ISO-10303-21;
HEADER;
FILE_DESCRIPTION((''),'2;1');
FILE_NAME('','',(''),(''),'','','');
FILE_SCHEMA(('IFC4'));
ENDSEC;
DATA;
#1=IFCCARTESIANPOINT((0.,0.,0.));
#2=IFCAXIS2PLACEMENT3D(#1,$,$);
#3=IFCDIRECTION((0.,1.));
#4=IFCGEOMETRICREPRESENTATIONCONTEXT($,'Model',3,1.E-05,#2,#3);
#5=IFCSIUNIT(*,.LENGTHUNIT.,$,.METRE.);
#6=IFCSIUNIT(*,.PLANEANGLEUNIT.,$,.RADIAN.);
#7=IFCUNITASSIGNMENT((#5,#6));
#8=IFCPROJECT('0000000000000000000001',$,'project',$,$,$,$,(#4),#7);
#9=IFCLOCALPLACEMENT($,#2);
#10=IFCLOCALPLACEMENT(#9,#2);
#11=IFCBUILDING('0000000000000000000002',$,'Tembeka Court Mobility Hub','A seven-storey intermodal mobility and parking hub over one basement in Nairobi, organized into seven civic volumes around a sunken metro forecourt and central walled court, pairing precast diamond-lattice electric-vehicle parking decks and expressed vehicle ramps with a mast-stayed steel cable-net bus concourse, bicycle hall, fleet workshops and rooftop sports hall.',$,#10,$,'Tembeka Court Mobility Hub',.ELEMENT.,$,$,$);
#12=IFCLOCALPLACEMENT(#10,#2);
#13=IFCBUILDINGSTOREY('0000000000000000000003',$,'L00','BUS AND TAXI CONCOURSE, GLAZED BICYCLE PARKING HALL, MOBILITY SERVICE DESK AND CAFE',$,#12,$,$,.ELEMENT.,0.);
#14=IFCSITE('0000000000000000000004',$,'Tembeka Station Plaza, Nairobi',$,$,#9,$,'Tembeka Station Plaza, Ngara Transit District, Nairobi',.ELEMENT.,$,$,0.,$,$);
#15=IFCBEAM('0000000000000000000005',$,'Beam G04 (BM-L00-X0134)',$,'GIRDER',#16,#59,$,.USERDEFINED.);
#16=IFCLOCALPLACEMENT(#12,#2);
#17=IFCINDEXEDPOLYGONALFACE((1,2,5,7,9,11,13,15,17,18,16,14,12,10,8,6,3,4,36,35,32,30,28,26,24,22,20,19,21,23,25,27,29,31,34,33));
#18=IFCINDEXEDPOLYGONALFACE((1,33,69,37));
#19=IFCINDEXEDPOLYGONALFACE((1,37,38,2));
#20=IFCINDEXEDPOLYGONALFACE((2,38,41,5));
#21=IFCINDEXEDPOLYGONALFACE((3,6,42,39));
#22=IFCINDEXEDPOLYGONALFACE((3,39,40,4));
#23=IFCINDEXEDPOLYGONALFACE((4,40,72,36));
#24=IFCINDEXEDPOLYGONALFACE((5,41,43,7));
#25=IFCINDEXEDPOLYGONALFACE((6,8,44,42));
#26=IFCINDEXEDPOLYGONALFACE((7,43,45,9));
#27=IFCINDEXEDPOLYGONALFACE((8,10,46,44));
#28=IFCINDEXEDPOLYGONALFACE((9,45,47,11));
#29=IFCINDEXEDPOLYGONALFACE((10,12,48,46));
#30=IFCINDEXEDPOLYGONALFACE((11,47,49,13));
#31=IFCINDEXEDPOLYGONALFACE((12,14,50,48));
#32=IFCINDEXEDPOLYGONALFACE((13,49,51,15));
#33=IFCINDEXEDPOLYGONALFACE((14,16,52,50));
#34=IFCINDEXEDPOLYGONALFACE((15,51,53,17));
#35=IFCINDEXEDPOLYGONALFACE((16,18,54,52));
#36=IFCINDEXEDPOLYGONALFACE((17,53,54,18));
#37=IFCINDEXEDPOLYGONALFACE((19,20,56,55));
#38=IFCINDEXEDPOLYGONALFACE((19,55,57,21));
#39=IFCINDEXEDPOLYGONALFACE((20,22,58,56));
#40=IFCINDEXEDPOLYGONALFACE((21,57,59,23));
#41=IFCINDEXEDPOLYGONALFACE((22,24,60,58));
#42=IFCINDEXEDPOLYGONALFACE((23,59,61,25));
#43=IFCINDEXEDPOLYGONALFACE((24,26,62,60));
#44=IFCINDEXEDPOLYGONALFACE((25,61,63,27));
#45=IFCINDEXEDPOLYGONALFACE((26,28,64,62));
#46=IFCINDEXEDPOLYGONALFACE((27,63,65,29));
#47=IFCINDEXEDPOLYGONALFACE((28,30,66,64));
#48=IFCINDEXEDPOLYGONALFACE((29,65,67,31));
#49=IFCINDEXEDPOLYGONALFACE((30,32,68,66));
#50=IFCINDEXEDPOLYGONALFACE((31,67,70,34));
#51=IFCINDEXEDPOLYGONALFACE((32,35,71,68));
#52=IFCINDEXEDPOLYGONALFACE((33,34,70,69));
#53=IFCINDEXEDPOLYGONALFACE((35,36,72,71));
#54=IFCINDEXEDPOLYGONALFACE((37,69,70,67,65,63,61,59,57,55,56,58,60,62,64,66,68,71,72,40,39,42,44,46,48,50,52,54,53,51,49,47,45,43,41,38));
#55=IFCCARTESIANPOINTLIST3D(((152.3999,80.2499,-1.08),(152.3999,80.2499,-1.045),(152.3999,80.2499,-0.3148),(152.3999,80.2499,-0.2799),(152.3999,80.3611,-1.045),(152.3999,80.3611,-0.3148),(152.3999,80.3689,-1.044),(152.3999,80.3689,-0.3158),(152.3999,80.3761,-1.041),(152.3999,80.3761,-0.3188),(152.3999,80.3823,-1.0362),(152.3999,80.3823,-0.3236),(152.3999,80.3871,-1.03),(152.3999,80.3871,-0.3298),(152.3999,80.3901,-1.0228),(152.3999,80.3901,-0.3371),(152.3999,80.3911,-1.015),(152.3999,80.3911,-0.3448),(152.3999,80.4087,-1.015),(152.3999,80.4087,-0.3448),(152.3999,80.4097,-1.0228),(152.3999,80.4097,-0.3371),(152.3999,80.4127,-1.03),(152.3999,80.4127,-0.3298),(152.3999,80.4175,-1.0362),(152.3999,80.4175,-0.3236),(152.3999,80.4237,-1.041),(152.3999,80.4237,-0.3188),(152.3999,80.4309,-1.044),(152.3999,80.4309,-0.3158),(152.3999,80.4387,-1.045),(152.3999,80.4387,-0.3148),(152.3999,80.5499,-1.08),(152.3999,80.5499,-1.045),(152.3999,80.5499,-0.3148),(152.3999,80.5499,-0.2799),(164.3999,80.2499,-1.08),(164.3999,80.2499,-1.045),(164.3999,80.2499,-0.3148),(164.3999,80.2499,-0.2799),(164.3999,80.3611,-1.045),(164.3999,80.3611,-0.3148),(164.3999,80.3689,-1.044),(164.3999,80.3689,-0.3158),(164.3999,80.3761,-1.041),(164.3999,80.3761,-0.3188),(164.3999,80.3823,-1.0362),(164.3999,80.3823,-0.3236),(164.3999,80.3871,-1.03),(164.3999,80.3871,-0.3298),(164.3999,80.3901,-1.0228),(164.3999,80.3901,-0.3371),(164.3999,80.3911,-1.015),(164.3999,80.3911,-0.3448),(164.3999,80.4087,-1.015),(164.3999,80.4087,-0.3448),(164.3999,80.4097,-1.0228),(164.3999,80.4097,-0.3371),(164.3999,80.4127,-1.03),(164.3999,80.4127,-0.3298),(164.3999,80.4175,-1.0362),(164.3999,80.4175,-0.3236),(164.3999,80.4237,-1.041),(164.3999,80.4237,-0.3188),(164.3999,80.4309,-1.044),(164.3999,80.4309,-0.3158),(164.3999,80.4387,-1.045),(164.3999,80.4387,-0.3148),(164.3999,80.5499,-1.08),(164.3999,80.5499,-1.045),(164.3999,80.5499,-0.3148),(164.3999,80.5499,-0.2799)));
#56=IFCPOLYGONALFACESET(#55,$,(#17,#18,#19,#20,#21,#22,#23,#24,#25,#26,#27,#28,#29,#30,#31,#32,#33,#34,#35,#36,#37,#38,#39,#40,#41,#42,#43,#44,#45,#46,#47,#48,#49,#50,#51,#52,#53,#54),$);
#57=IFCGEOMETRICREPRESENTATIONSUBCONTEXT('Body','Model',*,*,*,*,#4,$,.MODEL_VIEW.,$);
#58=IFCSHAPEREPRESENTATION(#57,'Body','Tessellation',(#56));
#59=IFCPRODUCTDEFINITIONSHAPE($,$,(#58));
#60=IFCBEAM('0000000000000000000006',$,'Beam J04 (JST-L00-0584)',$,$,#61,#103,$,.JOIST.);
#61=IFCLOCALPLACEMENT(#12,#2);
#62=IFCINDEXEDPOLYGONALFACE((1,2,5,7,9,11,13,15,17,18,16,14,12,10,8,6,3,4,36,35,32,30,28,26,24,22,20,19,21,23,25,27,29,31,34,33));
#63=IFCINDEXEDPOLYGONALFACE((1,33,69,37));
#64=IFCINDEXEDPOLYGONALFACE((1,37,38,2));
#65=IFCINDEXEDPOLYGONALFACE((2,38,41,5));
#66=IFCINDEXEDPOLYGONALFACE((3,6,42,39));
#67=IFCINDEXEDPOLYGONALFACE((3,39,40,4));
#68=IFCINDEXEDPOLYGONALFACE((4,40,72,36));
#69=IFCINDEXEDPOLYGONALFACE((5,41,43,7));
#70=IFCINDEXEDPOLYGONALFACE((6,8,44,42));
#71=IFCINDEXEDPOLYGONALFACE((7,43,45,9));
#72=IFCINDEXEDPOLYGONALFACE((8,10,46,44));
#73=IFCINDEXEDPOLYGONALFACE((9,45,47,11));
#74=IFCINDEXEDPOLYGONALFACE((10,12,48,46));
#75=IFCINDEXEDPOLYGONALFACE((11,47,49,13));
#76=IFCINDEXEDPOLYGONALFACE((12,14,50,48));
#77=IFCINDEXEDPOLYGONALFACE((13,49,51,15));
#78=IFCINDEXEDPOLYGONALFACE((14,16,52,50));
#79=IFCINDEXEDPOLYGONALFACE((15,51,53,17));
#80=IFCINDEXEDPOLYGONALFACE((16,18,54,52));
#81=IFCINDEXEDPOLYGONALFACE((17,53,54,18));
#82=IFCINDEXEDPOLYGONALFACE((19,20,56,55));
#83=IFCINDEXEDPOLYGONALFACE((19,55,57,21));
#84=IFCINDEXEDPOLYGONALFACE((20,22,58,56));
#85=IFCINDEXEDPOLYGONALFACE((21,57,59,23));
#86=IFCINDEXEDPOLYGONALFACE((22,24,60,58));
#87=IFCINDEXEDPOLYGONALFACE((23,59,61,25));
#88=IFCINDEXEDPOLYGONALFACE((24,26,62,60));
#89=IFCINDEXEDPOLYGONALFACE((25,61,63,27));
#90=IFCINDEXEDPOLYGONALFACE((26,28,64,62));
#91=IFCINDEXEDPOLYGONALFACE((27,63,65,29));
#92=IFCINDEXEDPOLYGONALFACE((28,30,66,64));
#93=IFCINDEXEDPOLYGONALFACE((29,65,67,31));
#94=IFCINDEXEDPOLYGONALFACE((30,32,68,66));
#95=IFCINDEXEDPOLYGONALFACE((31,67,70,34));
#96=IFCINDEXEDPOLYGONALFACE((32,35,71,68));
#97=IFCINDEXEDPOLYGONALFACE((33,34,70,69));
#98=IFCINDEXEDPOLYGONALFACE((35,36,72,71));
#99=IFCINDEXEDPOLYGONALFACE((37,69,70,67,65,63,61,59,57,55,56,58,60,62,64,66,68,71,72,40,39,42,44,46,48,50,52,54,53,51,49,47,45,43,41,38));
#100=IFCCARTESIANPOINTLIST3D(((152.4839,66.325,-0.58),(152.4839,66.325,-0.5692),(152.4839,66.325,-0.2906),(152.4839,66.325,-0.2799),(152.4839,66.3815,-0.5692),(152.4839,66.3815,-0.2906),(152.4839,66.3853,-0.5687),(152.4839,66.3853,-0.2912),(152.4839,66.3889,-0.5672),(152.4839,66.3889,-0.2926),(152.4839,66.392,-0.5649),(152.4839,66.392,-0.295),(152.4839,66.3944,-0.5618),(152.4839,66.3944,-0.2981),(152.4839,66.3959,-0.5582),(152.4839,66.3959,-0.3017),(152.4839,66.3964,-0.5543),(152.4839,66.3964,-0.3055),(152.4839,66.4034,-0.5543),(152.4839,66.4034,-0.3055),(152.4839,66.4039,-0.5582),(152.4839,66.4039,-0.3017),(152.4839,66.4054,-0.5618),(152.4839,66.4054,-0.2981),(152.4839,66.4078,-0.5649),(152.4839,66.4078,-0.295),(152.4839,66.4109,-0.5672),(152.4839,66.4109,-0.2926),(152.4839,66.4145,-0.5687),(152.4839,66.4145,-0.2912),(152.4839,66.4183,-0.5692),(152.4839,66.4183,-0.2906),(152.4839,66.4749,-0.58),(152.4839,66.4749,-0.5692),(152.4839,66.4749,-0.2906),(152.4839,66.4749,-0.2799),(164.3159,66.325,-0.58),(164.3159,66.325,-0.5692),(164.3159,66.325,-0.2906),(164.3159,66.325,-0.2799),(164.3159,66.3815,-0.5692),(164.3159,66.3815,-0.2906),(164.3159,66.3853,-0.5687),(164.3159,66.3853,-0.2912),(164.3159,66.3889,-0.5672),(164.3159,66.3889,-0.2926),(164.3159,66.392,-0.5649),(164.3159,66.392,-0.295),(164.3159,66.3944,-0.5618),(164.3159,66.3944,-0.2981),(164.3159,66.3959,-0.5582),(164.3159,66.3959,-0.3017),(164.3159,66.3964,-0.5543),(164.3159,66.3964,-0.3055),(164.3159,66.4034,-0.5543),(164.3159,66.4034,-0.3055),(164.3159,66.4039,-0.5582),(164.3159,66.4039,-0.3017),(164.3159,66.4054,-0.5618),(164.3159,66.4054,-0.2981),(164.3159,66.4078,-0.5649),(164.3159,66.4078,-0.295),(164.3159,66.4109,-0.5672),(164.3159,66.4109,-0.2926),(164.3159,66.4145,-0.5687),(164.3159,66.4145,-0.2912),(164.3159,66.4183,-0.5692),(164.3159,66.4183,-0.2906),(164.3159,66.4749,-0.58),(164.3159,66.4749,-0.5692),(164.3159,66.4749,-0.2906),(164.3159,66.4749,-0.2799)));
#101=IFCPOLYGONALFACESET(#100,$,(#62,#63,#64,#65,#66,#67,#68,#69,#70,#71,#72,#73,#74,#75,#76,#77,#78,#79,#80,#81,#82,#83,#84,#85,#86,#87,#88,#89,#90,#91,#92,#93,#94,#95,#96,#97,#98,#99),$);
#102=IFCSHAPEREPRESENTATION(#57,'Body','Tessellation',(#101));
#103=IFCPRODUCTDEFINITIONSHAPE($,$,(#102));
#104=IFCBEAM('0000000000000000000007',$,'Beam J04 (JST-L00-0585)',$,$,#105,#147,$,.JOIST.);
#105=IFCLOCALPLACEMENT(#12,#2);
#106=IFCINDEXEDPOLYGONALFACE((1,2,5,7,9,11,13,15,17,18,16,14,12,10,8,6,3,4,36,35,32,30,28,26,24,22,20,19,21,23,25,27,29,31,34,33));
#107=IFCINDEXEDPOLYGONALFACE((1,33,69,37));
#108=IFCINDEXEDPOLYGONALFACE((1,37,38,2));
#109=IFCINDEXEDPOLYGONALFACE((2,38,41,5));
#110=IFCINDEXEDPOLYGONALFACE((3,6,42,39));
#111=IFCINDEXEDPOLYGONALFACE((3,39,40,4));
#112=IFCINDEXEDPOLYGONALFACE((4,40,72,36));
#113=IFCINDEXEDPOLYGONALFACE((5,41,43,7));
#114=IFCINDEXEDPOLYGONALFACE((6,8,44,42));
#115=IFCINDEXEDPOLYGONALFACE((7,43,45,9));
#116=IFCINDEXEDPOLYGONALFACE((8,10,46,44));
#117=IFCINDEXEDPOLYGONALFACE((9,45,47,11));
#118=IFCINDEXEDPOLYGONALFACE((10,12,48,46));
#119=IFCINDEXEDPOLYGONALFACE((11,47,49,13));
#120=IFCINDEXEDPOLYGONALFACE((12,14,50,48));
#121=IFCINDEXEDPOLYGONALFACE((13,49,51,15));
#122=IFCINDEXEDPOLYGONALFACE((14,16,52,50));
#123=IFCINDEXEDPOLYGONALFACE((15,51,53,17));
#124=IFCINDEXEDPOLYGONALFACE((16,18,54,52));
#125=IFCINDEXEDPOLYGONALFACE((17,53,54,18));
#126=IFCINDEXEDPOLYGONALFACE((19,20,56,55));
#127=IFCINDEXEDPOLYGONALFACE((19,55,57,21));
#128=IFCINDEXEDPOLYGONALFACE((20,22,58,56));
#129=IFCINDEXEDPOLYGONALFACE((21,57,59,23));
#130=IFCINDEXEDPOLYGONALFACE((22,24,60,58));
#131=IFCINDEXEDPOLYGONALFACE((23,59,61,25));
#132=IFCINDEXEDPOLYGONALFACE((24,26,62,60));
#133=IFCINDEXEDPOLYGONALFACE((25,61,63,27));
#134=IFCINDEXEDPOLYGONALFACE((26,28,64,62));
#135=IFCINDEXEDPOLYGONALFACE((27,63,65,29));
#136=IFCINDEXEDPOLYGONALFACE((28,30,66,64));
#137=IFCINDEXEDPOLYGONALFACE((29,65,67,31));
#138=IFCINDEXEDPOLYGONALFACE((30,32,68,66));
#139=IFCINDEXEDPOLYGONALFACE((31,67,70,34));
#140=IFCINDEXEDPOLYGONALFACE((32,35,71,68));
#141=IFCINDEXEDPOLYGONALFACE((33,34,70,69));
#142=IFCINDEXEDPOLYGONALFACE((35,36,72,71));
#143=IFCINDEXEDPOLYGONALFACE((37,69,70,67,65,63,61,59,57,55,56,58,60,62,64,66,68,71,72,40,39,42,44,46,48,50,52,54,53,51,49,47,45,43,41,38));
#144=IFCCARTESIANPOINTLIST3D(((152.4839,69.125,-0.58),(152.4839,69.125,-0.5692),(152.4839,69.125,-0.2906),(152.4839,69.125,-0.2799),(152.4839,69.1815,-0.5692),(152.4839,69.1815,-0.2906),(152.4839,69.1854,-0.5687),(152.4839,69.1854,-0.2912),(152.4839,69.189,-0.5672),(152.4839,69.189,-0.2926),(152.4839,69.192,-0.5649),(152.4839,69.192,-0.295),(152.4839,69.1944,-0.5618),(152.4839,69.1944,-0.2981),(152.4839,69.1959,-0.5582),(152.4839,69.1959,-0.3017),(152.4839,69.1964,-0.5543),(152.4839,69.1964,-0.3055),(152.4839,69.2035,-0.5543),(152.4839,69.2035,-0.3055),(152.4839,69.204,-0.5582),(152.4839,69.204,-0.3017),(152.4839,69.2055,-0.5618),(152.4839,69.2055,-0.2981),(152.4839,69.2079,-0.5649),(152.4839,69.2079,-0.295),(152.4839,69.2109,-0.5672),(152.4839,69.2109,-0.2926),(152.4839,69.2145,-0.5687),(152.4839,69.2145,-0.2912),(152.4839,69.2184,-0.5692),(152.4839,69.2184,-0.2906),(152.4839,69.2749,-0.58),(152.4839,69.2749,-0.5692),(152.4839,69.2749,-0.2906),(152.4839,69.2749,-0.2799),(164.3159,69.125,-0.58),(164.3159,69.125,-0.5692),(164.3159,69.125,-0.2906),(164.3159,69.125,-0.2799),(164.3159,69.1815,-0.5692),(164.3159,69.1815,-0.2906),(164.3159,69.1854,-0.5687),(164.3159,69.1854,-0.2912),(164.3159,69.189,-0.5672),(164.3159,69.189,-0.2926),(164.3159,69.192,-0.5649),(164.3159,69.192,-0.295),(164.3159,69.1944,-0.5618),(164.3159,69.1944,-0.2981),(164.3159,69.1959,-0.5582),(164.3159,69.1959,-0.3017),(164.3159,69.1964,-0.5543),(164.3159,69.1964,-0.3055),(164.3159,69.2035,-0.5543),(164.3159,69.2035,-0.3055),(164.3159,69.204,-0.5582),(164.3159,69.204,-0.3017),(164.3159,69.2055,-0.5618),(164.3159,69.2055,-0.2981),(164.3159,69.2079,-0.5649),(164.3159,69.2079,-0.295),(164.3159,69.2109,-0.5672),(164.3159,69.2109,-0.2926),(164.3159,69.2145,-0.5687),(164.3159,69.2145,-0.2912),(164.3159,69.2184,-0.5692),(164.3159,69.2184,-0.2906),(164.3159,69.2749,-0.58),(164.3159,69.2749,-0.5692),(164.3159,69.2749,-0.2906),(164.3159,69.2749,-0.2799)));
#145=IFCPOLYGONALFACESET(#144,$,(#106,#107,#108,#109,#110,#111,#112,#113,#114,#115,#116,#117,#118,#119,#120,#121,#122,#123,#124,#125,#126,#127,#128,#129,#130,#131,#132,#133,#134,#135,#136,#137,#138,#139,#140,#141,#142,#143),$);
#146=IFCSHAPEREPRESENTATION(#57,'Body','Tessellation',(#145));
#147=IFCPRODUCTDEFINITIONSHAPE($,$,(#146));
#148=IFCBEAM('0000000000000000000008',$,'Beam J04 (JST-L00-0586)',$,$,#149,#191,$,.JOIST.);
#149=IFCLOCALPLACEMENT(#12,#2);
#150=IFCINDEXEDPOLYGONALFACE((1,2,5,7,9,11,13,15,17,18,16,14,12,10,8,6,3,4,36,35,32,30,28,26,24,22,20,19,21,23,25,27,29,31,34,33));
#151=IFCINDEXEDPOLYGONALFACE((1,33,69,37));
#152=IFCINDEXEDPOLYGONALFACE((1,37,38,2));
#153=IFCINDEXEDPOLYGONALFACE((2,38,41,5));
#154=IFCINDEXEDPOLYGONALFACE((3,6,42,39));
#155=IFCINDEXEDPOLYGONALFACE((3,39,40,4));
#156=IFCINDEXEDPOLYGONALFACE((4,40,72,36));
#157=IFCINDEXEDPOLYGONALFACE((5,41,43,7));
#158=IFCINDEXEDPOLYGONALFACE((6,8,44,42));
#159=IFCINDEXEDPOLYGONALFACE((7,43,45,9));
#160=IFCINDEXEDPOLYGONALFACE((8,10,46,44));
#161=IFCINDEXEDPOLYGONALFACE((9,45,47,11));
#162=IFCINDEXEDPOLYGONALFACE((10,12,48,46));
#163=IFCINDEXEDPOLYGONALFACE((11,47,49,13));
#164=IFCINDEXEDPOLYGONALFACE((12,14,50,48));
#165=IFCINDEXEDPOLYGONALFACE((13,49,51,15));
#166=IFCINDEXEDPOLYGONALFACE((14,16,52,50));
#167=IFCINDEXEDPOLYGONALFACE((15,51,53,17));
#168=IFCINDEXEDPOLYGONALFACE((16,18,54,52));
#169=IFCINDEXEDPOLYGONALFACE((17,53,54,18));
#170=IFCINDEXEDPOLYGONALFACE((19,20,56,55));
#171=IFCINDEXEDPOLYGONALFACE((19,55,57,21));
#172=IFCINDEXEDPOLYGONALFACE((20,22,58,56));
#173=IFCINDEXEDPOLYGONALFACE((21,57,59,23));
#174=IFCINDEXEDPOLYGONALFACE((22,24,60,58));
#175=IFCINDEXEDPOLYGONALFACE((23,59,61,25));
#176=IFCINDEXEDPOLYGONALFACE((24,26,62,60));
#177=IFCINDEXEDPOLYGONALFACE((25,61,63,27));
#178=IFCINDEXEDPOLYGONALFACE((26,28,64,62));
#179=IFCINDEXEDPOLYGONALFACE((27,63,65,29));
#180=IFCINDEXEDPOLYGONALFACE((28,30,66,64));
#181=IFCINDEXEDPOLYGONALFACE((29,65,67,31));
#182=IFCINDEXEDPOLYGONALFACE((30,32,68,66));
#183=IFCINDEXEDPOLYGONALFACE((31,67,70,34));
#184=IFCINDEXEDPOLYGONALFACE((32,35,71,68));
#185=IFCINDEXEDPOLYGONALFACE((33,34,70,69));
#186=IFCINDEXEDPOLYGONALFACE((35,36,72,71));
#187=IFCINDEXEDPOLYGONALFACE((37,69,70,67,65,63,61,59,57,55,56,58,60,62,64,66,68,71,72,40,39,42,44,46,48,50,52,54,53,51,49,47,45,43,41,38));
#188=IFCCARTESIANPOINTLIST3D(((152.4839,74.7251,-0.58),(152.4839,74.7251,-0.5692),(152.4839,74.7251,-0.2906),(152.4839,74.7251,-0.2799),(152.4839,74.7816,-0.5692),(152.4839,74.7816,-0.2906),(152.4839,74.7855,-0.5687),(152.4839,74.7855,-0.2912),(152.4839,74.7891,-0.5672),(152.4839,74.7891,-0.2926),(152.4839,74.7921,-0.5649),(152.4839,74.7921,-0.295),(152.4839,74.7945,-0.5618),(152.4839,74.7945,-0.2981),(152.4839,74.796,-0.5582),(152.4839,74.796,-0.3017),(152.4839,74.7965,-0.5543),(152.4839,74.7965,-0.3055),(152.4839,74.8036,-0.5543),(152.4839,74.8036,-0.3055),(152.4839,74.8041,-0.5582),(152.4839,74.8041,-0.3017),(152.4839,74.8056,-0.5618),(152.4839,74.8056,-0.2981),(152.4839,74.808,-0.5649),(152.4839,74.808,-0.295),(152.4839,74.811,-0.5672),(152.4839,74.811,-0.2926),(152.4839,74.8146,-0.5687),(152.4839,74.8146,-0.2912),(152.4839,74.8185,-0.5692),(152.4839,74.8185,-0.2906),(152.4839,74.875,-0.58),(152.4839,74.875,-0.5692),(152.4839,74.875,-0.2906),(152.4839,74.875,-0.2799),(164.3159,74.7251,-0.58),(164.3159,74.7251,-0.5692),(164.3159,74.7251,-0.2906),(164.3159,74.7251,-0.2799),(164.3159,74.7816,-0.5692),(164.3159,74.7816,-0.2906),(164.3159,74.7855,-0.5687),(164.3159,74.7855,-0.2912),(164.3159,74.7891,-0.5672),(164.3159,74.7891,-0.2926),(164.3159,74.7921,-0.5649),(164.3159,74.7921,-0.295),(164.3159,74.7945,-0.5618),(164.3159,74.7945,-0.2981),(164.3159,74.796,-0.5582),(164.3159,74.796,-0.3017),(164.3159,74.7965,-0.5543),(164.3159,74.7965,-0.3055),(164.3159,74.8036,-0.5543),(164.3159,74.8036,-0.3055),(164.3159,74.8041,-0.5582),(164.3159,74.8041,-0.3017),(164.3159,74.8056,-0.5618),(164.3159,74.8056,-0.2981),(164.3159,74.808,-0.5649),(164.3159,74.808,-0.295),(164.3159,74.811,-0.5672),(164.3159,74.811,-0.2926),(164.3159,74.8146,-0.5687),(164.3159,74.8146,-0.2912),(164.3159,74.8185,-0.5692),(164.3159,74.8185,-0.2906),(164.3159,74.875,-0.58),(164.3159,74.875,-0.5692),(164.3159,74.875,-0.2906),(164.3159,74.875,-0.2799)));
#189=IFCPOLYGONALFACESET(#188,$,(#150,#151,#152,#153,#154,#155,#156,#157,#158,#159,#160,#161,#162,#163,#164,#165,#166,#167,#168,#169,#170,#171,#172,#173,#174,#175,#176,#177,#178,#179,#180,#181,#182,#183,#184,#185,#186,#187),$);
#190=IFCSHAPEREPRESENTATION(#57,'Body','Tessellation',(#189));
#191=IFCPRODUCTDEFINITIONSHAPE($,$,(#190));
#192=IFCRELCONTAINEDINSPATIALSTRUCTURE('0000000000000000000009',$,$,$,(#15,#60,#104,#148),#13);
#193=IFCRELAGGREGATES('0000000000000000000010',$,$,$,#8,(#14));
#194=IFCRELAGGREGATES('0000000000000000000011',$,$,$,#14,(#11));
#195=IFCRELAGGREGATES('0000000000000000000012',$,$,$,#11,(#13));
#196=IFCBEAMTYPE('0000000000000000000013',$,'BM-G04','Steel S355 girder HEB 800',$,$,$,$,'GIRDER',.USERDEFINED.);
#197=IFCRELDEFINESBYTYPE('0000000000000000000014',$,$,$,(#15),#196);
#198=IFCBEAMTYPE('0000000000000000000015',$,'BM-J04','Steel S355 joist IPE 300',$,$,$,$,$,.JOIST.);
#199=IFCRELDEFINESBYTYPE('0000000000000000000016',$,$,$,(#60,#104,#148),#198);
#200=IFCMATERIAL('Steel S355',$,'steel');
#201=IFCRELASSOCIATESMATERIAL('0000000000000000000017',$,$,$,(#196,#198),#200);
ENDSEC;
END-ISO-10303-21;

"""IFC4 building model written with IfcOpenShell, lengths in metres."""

from ifc_helpers import new_model, si_unit, direction, frame, origin, origin_2d, place, context, subcontext, project, spatial, i_section, extrude, material, material_profile, profile_set, type_object, element, save


model = new_model("IFC4")

# Units and contexts
model_context = context("Model", 3, precision=1e-05, world=origin(), true_north=direction((0.0, 1.0)))
body_context = subcontext(model_context, "Body", "Model", "MODEL_VIEW")
ifc_project = project(units=[si_unit("LENGTHUNIT", "METRE"), si_unit("PLANEANGLEUNIT", "RADIAN")], contexts=[model_context])

# Site, building, storey
site_placement = place(None, origin())
site = spatial("IfcSite", under=ifc_project, at=site_placement, Name="Tembeka Station Plaza, Nairobi", LongName="Tembeka Station Plaza, Ngara Transit District, Nairobi", CompositionType="ELEMENT", RefElevation=0.0)
building_placement = place(site_placement, origin())
building = spatial("IfcBuilding", under=site, at=building_placement, Name="Tembeka Court Mobility Hub", Description="A seven-storey intermodal mobility and parking hub over one basement in Nairobi, organized into seven civic volumes around a sunken metro forecourt and central walled court, pairing precast diamond-lattice electric-vehicle parking decks and expressed vehicle ramps with a mast-stayed steel cable-net bus concourse, bicycle hall, fleet workshops and rooftop sports hall.", LongName="Tembeka Court Mobility Hub", CompositionType="ELEMENT")
storey_placement = place(building_placement, origin())
storey = spatial("IfcBuildingStorey", under=building, at=storey_placement, Name="L00", Description="BUS AND TAXI CONCOURSE, GLAZED BICYCLE PARKING HALL, MOBILITY SERVICE DESK AND CAFE", CompositionType="ELEMENT", Elevation=0.0)

# Shared definitions
ifc_material_1 = material(Name="Steel S355", Category="steel")

# Beams
ifc_material_profile_1 = material_profile(ifc_material_1, i_section(OverallWidth=0.3, OverallDepth=0.8, WebThickness=0.0176, FlangeThickness=0.0349, FilletRadius=0.03, at=origin_2d()), Name="HEB 800")
ifc_profile_set_1 = profile_set([ifc_material_profile_1], Name="Steel S355")
beam_type_1 = type_object("IfcBeamType", Name="BM-G04", Description="Steel S355 girder HEB 800", ElementType="GIRDER", PredefinedType="USERDEFINED", material=ifc_profile_set_1)
beam_1_placement = place(storey_placement, frame((152.3999, 80.3999, -0.6799), z_axis=(1.0, 0.0, 0.0), x_axis=(0.0, 1.0, 0.0)))
element("IfcBeam", 1, at=beam_1_placement, inside=storey, type_object=beam_type_1, Name="Beam G04 (BM-L00-X0134)", ObjectType="GIRDER", PredefinedType="USERDEFINED", context=body_context, shape_type="SweptSolid", body=[
    extrude(i_section(OverallWidth=0.3, OverallDepth=0.8, WebThickness=0.0176, FlangeThickness=0.0349, FilletRadius=0.03, at=origin_2d()), origin(), (0.0, 0.0, 1.0), 12.0),
])
ifc_material_profile_2 = material_profile(ifc_material_1, i_section(OverallWidth=0.1499, OverallDepth=0.3, WebThickness=0.0071, FlangeThickness=0.0107, FilletRadius=0.0149, at=origin_2d()), Name="IPE 300")
ifc_profile_set_2 = profile_set([ifc_material_profile_2], Name="Steel S355")
beam_type_2 = type_object("IfcBeamType", Name="BM-J04", Description="Steel S355 joist IPE 300", PredefinedType="JOIST", material=ifc_profile_set_2)
for number, where, z_axis, x_axis, name in (
    (2, (152.4839, 66.3999, -0.4299), (1.0, 0.0, 0.0), (0.0, 1.0, 0.0), "Beam J04 (JST-L00-0584)"),
    (3, (152.4839, 69.2, -0.4299), (1.0, 0.0, 0.0), (0.0, 1.0, 0.0), "Beam J04 (JST-L00-0585)"),
    (4, (152.4839, 74.8, -0.4299), (1.0, 0.0, 0.0), (0.0, 1.0, 0.0), "Beam J04 (JST-L00-0586)"),
):
    element("IfcBeam", number, at=place(storey_placement, frame(where, z_axis=z_axis, x_axis=x_axis)), inside=storey, type_object=beam_type_2, Name=name, PredefinedType="JOIST", context=body_context, shape_type="SweptSolid", body=[
        extrude(i_section(OverallWidth=0.1499, OverallDepth=0.3, WebThickness=0.0071, FlangeThickness=0.0107, FilletRadius=0.0149, at=origin_2d()), origin(), (0.0, 0.0, 1.0), 11.832),
    ])

save(model, "model.ifc")
